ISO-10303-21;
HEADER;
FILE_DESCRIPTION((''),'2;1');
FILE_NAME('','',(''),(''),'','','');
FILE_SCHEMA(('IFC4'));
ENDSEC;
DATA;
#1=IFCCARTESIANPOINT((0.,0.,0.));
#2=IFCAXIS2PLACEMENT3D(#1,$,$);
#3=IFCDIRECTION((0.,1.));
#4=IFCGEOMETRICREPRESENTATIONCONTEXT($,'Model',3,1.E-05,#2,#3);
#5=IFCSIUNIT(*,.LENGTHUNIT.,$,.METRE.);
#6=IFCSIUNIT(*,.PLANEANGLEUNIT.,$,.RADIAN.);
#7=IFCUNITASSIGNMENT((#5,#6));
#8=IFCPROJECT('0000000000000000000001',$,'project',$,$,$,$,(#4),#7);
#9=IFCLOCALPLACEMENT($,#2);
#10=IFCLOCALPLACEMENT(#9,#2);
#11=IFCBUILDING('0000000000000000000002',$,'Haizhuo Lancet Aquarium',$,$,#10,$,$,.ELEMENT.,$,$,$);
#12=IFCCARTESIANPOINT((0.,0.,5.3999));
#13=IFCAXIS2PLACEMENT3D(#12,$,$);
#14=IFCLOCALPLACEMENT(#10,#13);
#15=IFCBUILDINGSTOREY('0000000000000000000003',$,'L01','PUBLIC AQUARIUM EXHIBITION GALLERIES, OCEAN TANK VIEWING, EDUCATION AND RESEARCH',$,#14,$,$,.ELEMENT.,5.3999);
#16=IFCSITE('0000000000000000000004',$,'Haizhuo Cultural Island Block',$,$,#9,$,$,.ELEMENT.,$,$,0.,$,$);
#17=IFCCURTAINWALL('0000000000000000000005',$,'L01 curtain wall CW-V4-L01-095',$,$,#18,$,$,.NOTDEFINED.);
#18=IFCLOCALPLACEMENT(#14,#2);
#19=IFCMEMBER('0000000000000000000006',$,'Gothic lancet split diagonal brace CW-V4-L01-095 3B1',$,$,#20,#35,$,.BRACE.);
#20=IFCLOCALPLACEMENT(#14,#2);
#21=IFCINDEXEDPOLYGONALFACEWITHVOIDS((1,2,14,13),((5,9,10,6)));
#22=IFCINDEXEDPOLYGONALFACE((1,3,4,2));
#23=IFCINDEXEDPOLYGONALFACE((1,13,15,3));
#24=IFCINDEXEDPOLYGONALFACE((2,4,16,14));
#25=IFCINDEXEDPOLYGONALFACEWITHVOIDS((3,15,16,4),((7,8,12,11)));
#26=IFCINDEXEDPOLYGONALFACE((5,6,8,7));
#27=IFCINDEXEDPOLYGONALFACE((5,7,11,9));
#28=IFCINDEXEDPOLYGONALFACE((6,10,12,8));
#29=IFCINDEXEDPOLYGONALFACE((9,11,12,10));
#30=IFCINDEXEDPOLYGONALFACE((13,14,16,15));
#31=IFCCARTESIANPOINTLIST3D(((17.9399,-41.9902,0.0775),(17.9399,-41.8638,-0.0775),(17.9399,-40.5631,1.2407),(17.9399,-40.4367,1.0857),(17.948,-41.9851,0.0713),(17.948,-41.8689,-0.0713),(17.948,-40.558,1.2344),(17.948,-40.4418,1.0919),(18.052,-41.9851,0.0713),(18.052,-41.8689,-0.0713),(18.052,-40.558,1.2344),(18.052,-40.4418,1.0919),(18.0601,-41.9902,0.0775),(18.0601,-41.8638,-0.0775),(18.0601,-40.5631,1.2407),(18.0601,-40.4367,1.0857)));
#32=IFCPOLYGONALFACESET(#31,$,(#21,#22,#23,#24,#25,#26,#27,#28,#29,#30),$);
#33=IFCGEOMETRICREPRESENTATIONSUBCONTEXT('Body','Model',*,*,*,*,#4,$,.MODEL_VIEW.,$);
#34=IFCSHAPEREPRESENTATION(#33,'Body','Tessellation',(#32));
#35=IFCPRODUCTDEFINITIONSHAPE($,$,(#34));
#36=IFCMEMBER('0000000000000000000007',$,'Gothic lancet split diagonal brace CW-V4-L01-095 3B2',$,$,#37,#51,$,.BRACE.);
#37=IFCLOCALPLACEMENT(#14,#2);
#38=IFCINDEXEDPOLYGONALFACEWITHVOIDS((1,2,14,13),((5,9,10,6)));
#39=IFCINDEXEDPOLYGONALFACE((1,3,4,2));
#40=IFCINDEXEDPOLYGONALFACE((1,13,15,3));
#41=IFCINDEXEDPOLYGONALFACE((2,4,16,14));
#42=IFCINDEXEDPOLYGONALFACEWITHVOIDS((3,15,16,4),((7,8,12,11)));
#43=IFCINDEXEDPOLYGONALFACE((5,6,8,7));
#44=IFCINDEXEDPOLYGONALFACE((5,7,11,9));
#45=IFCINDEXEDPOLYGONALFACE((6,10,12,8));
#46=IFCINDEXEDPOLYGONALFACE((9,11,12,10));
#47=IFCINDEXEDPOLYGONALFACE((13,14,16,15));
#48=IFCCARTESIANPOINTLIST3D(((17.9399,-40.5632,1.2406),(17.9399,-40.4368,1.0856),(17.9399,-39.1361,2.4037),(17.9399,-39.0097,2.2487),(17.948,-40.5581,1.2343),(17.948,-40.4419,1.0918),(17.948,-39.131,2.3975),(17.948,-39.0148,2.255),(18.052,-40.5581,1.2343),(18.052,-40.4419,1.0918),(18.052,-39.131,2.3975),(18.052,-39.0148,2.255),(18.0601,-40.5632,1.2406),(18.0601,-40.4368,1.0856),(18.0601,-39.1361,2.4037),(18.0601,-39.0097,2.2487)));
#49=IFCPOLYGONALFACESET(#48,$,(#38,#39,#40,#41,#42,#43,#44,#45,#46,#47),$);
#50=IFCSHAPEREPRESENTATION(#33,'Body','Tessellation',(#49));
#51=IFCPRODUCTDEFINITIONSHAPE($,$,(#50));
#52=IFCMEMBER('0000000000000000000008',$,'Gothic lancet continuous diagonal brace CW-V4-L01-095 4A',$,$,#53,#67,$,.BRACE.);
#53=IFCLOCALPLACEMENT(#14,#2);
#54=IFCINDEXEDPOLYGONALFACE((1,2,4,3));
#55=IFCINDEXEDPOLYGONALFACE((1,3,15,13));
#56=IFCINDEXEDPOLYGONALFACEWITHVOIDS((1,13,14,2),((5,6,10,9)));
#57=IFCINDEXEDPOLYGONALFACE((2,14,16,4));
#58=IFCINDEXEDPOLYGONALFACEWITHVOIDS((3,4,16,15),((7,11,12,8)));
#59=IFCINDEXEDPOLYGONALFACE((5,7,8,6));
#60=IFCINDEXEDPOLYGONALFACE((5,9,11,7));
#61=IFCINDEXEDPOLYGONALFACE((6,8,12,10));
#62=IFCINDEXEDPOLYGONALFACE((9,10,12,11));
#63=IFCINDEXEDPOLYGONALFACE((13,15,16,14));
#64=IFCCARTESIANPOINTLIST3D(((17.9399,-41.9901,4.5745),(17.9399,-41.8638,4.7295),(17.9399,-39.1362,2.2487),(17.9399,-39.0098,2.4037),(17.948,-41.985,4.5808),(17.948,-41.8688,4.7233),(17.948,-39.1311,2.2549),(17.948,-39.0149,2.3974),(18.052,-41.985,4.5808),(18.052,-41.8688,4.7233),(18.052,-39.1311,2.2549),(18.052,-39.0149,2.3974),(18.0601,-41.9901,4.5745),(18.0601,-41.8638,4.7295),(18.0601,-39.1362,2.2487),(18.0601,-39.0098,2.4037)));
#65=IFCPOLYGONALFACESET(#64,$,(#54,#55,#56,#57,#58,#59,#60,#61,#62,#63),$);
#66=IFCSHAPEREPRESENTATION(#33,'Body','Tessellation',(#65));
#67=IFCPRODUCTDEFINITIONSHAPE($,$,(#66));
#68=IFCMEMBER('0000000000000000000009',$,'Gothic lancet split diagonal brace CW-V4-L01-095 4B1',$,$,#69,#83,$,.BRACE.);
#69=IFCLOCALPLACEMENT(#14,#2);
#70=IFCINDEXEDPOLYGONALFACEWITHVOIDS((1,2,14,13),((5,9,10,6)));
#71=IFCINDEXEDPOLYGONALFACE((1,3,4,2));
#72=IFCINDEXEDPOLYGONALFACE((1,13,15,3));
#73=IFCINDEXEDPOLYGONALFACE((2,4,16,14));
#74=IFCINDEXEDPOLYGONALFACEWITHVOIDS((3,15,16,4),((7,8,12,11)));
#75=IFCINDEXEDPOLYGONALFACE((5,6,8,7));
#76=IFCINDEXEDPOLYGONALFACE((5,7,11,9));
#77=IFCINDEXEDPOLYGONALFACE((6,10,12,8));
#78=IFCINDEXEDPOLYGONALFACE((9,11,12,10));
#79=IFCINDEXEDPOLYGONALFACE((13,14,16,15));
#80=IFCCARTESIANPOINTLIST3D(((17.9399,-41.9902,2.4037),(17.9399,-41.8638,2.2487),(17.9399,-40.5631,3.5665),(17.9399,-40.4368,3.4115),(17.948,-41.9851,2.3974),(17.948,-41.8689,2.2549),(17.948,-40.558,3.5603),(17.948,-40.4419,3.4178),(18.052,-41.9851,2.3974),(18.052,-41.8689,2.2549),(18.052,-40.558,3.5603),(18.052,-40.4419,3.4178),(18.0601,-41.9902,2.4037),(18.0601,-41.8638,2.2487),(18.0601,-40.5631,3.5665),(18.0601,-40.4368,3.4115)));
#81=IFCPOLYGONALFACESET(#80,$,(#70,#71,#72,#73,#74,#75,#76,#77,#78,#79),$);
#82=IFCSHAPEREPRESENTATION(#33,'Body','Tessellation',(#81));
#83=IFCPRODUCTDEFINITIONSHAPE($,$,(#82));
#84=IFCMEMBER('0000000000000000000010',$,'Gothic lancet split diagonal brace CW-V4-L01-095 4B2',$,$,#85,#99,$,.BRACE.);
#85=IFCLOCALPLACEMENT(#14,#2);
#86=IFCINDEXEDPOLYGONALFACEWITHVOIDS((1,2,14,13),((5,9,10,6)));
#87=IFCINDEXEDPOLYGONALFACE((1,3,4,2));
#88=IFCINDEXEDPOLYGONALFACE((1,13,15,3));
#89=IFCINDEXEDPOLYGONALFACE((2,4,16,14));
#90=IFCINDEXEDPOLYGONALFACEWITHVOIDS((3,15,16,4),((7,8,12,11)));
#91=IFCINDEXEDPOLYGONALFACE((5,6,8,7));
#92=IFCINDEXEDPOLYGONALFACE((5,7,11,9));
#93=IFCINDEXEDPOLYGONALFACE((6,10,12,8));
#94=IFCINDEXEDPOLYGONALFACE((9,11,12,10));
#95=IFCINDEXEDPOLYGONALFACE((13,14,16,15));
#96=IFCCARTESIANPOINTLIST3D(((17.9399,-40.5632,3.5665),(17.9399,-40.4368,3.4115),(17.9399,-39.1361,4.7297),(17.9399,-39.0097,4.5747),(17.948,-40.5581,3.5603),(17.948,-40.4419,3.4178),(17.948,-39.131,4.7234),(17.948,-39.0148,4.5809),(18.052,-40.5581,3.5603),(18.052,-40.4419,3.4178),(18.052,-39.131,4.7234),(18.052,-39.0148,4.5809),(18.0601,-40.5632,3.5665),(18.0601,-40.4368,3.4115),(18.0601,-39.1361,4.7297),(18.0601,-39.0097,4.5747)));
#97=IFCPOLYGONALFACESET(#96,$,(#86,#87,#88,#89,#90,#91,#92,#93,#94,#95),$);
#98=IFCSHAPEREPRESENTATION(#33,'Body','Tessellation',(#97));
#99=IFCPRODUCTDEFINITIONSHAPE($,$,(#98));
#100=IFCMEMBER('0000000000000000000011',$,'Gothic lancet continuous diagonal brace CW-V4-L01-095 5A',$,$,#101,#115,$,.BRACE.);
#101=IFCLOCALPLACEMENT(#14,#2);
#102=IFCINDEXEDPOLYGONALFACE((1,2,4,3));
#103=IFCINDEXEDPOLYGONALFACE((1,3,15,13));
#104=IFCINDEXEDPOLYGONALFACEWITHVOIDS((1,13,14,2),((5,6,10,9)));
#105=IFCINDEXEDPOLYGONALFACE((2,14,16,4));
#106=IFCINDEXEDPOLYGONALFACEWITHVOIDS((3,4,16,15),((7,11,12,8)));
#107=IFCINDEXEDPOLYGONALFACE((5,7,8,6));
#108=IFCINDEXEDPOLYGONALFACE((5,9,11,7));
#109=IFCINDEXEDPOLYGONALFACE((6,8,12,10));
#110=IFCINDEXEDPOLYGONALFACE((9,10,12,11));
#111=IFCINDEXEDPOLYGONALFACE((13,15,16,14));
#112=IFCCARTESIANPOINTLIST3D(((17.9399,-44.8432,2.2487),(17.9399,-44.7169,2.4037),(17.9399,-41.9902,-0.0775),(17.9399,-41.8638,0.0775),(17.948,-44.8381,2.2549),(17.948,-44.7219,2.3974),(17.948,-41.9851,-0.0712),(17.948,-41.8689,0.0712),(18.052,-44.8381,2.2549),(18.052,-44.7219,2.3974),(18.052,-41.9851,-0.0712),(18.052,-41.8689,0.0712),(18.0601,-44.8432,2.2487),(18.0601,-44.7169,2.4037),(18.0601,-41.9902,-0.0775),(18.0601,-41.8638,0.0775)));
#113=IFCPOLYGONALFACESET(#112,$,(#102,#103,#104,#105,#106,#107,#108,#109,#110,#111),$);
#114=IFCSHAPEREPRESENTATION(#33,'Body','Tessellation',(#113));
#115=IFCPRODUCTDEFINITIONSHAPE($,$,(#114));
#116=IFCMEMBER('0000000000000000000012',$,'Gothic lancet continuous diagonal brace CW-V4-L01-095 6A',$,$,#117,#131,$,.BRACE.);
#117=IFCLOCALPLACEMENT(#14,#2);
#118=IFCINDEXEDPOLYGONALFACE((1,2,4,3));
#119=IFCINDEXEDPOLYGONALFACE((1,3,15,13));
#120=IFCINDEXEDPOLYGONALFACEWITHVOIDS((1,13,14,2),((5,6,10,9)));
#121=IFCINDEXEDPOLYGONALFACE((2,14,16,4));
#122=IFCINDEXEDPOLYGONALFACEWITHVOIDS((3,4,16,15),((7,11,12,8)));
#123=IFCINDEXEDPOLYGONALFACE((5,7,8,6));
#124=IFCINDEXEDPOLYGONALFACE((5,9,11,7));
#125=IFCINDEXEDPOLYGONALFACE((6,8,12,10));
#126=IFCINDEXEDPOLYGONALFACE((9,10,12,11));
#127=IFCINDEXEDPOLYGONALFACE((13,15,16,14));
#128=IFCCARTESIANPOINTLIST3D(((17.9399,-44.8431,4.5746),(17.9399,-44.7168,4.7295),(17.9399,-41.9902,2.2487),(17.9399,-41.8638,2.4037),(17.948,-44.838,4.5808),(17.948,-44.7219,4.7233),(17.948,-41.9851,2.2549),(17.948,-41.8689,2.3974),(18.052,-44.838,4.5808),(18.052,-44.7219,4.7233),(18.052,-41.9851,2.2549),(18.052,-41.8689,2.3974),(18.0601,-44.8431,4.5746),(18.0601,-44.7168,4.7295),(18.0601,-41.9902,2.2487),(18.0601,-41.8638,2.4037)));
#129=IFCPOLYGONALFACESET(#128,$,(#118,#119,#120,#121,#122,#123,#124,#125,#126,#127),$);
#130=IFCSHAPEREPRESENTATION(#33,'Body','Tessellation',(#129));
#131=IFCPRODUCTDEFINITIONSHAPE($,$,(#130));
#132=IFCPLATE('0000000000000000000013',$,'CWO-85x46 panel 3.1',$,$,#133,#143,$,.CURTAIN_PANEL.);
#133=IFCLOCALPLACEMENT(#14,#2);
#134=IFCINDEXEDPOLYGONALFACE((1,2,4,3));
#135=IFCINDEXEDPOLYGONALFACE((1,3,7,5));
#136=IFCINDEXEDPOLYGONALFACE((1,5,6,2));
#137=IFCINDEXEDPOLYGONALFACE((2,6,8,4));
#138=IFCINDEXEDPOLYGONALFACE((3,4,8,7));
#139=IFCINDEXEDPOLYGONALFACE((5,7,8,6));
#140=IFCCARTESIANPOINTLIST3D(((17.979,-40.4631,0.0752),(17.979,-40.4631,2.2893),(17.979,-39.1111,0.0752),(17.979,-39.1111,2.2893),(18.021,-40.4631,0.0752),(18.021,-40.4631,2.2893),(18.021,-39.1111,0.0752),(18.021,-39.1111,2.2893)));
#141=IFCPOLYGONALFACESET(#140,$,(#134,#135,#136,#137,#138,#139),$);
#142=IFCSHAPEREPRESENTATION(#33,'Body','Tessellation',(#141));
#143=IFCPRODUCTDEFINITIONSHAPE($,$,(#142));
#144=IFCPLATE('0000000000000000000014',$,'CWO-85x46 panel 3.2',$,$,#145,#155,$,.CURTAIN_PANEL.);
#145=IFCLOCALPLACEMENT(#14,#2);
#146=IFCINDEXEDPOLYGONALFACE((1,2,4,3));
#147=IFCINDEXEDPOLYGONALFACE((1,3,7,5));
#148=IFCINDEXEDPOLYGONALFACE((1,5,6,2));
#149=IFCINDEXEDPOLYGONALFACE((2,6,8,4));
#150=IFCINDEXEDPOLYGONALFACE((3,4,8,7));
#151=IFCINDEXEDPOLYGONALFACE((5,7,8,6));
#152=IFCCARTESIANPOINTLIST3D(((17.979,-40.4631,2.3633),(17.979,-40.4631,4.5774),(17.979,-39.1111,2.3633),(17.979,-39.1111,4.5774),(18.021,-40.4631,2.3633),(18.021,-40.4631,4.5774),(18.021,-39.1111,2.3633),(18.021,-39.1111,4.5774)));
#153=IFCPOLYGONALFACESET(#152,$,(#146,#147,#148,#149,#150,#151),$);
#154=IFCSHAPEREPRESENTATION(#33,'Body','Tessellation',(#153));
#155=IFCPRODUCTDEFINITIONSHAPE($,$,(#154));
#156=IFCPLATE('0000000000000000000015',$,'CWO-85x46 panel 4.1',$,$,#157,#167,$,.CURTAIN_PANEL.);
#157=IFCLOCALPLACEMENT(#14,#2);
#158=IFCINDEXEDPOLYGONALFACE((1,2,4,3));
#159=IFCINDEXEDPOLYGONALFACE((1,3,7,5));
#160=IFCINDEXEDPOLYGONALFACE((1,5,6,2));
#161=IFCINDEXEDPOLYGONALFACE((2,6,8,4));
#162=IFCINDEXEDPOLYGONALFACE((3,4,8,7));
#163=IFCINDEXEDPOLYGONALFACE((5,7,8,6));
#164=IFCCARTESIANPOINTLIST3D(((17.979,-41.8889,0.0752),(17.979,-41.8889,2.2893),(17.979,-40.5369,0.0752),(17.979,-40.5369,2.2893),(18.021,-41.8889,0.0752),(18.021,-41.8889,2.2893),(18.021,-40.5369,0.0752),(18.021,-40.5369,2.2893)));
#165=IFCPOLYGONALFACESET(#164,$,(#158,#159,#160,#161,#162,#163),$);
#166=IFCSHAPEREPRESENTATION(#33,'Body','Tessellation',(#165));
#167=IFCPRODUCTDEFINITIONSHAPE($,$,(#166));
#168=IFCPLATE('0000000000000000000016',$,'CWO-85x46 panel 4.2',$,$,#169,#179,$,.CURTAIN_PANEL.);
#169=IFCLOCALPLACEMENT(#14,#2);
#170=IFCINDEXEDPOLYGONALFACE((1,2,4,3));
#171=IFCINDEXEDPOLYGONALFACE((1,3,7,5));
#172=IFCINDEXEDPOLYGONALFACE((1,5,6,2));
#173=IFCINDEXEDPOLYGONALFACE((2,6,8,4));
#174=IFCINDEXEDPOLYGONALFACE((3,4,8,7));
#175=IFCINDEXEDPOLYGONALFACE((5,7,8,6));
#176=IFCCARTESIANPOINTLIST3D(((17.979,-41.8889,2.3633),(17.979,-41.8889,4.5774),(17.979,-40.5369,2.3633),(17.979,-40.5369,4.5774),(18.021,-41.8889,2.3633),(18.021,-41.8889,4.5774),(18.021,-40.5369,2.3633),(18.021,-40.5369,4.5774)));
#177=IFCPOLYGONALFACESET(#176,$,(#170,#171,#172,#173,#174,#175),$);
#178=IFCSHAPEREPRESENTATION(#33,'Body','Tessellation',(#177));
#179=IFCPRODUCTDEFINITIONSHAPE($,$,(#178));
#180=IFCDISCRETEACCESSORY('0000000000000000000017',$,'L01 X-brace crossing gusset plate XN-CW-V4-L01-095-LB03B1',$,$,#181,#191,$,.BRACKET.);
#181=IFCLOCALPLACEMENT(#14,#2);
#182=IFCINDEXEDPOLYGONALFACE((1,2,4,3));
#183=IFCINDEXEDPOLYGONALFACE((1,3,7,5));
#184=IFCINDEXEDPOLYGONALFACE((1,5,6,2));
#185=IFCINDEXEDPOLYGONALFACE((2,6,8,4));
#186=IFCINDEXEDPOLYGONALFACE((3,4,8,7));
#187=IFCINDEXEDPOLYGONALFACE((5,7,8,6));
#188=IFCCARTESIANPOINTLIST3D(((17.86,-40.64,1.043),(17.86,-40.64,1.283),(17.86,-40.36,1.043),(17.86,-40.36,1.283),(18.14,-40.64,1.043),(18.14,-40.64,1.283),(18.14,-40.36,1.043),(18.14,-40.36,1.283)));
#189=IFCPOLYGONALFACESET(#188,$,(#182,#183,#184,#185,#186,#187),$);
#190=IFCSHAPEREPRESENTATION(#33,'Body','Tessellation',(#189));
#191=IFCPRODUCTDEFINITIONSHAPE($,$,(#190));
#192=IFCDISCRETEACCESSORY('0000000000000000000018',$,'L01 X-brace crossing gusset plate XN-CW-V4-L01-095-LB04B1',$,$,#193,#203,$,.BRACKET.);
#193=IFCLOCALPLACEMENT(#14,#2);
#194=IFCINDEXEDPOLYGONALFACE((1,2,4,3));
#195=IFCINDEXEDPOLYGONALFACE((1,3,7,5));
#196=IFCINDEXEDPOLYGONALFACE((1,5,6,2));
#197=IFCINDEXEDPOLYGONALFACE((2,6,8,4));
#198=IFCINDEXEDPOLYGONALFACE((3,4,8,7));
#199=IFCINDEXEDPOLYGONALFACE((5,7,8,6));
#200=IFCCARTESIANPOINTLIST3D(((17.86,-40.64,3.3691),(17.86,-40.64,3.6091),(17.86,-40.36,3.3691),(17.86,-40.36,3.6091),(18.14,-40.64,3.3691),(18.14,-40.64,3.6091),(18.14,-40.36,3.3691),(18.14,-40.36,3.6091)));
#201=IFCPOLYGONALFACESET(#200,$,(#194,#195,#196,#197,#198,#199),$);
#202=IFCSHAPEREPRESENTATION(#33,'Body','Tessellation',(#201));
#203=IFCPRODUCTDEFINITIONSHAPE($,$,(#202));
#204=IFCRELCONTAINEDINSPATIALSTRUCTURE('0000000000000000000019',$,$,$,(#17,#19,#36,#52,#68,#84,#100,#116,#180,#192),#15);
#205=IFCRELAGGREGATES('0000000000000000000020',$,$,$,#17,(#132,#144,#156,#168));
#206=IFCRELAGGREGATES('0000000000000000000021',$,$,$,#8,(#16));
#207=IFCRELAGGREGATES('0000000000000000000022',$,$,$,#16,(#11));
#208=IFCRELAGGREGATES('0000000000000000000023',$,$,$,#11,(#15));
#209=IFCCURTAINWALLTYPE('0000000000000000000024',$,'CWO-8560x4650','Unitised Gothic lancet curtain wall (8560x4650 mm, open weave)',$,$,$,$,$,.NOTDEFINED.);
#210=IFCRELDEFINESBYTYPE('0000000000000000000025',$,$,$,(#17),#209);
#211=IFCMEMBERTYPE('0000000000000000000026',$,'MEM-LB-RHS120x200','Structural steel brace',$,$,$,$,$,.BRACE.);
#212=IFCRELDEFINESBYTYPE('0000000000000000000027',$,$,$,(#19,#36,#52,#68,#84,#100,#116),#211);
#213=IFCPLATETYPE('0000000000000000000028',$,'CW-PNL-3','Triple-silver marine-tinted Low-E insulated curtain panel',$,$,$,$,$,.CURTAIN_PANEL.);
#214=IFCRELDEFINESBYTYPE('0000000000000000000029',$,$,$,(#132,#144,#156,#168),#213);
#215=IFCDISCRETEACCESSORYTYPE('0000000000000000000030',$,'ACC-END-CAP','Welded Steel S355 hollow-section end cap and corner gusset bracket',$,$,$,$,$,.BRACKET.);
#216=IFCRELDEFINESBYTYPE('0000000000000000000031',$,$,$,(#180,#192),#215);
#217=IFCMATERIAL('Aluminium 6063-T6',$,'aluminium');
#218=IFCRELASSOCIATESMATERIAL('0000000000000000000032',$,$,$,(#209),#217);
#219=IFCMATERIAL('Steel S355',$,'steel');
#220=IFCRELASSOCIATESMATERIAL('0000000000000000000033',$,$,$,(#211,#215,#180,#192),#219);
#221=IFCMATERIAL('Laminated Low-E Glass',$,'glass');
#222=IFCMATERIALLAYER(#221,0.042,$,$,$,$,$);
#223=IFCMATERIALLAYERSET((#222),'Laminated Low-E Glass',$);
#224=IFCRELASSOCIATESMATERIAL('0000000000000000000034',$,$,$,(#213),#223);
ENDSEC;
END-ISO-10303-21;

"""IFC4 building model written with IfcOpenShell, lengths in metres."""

from ifc_helpers import new_model, si_unit, direction, frame, origin, origin_2d, place, context, subcontext, project, spatial, rectangle, hollow_rectangle, extrude, material, layer, layer_set, material_profile, profile_set, type_object, element, aggregate, save


model = new_model("IFC4")

# Units and contexts
model_context = context("Model", 3, precision=1e-05, world=origin(), true_north=direction((0.0, 1.0)))
body_context = subcontext(model_context, "Body", "Model", "MODEL_VIEW")
ifc_project = project(units=[si_unit("LENGTHUNIT", "METRE"), si_unit("PLANEANGLEUNIT", "RADIAN")], contexts=[model_context])

# Site, building, storey
site_placement = place(None, origin())
site = spatial("IfcSite", under=ifc_project, at=site_placement, Name="Haizhuo Cultural Island Block", CompositionType="ELEMENT", RefElevation=0.0)
building_placement = place(site_placement, origin())
building = spatial("IfcBuilding", under=site, at=building_placement, Name="Haizhuo Lancet Aquarium", CompositionType="ELEMENT")
storey_placement = place(building_placement, frame((0.0, 0.0, 5.3999)))
storey = spatial("IfcBuildingStorey", under=building, at=storey_placement, Name="L01", Description="PUBLIC AQUARIUM EXHIBITION GALLERIES, OCEAN TANK VIEWING, EDUCATION AND RESEARCH", CompositionType="ELEMENT", Elevation=5.3999)

# Curtain wall
ifc_material_1 = material(Name="Aluminium 6063-T6", Category="aluminium")
curtain_wall_type = type_object("IfcCurtainWallType", Name="CWO-8560x4650", Description="Unitised Gothic lancet curtain wall (8560x4650 mm, open weave)", PredefinedType="NOTDEFINED", material=ifc_material_1)
curtain_wall_placement = place(storey_placement, origin())
curtain_wall = element("IfcCurtainWall", 1, at=curtain_wall_placement, inside=storey, type_object=curtain_wall_type, Name="L01 curtain wall CW-V4-L01-095", PredefinedType="NOTDEFINED")

# Members
ifc_material_2 = material(Name="Steel S355", Category="steel")
ifc_material_profile_1 = material_profile(ifc_material_2, hollow_rectangle(XDim=0.1201, YDim=0.2, WallThickness=0.0081, at=origin_2d()), Name="RHS 120x200x8")
ifc_profile_set_1 = profile_set([ifc_material_profile_1], Name="Steel S355")
member_type_1 = type_object("IfcMemberType", Name="MEM-LB-RHS120x200", Description="Structural steel brace", PredefinedType="BRACE", material=ifc_profile_set_1)
for number, where, z_axis, x_axis, name in (
    (2, (18.0, -41.927, 0.0), (0.0, 0.775144, 0.631785), (-1.0, 0.0, 0.0), "Gothic lancet split diagonal brace CW-V4-L01-095 3B1"),
    (3, (18.0, -40.5, 1.1631), (0.0, 0.775144, 0.631785), (-1.0, 0.0, 0.0), "Gothic lancet split diagonal brace CW-V4-L01-095 3B2"),
):
    element("IfcMember", number, at=place(storey_placement, frame(where, z_axis=z_axis, x_axis=x_axis)), inside=storey, type_object=member_type_1, Name=name, PredefinedType="BRACE", context=body_context, shape_type="SweptSolid", body=[
        extrude(hollow_rectangle(XDim=0.1201, YDim=0.2, WallThickness=0.0081, at=origin_2d()), origin(), (0.0, 0.0, 1.0), 1.8411),
    ])
member_1_placement = place(storey_placement, frame((18.0, -39.073, 2.3262), z_axis=(0.0, -0.775176, 0.631745), x_axis=(1.0, 0.0, 0.0)))
element("IfcMember", 4, at=member_1_placement, inside=storey, type_object=member_type_1, Name="Gothic lancet continuous diagonal brace CW-V4-L01-095 4A", PredefinedType="BRACE", context=body_context, shape_type="SweptSolid", body=[
    extrude(hollow_rectangle(XDim=0.1201, YDim=0.2, WallThickness=0.0081, at=origin_2d()), origin(), (0.0, 0.0, 1.0), 3.6816),
])
member_2_placement = place(storey_placement, frame((18.0, -41.927, 2.3262), z_axis=(0.0, 0.775209, 0.631705), x_axis=(-1.0, 0.0, 0.0)))
element("IfcMember", 5, at=member_2_placement, inside=storey, type_object=member_type_1, Name="Gothic lancet split diagonal brace CW-V4-L01-095 4B1", PredefinedType="BRACE", context=body_context, shape_type="SweptSolid", body=[
    extrude(hollow_rectangle(XDim=0.1201, YDim=0.2, WallThickness=0.0081, at=origin_2d()), origin(), (0.0, 0.0, 1.0), 1.8408),
])
member_3_placement = place(storey_placement, frame((18.0, -40.5, 3.489), z_axis=(0.0, 0.775144, 0.631785), x_axis=(-1.0, 0.0, 0.0)))
element("IfcMember", 6, at=member_3_placement, inside=storey, type_object=member_type_1, Name="Gothic lancet split diagonal brace CW-V4-L01-095 4B2", PredefinedType="BRACE", context=body_context, shape_type="SweptSolid", body=[
    extrude(hollow_rectangle(XDim=0.1201, YDim=0.2, WallThickness=0.0081, at=origin_2d()), origin(), (0.0, 0.0, 1.0), 1.8411),
])
member_4_placement = place(storey_placement, frame((18.0, -41.927, 0.0), z_axis=(0.0, -0.775038, 0.631915), x_axis=(1.0, 0.0, 0.0)))
element("IfcMember", 7, at=member_4_placement, inside=storey, type_object=member_type_1, Name="Gothic lancet continuous diagonal brace CW-V4-L01-095 5A", PredefinedType="BRACE", context=body_context, shape_type="SweptSolid", body=[
    extrude(hollow_rectangle(XDim=0.1201, YDim=0.2, WallThickness=0.0081, at=origin_2d()), origin(), (0.0, 0.0, 1.0), 3.6812),
])
member_5_placement = place(storey_placement, frame((18.0, -41.927, 2.3262), z_axis=(0.0, -0.77507, 0.631875), x_axis=(1.0, 0.0, 0.0)))
element("IfcMember", 8, at=member_5_placement, inside=storey, type_object=member_type_1, Name="Gothic lancet continuous diagonal brace CW-V4-L01-095 6A", PredefinedType="BRACE", context=body_context, shape_type="SweptSolid", body=[
    extrude(hollow_rectangle(XDim=0.1201, YDim=0.2, WallThickness=0.0081, at=origin_2d()), origin(), (0.0, 0.0, 1.0), 3.6809),
])

# Plates
ifc_material_3 = material(Name="Laminated Low-E Glass", Category="glass")
ifc_layer = layer(ifc_material_3, 0.042)
ifc_layer_set = layer_set([ifc_layer], Name="Laminated Low-E Glass")
plate_type = type_object("IfcPlateType", Name="CW-PNL-3", Description="Triple-silver marine-tinted Low-E insulated curtain panel", PredefinedType="CURTAIN_PANEL", material=ifc_layer_set)
plate_1_placement = place(storey_placement, frame((18.0, -39.7871, 0.0752), z_axis=(0.0, 0.0, 1.0), x_axis=(0.0, -1.0, 0.0)))
plate_1 = element("IfcPlate", 9, at=plate_1_placement, type_object=plate_type, Name="CWO-85x46 panel 3.1", PredefinedType="CURTAIN_PANEL", context=body_context, shape_type="SweptSolid", body=[
    extrude(rectangle(XDim=1.3521, YDim=0.042, at=origin_2d()), origin(), (0.0, 0.0, 1.0), 2.2141),
])
plate_2_placement = place(storey_placement, frame((18.0, -39.7871, 2.3633), z_axis=(0.0, 0.0, 1.0), x_axis=(0.0, -1.0, 0.0)))
plate_2 = element("IfcPlate", 10, at=plate_2_placement, type_object=plate_type, Name="CWO-85x46 panel 3.2", PredefinedType="CURTAIN_PANEL", context=body_context, shape_type="SweptSolid", body=[
    extrude(rectangle(XDim=1.3521, YDim=0.042, at=origin_2d()), origin(), (0.0, 0.0, 1.0), 2.2141),
])
plate_3_placement = place(storey_placement, frame((18.0, -41.2129, 0.0752), z_axis=(0.0, 0.0, 1.0), x_axis=(0.0, -1.0, 0.0)))
plate_3 = element("IfcPlate", 11, at=plate_3_placement, type_object=plate_type, Name="CWO-85x46 panel 4.1", PredefinedType="CURTAIN_PANEL", context=body_context, shape_type="SweptSolid", body=[
    extrude(rectangle(XDim=1.3521, YDim=0.042, at=origin_2d()), origin(), (0.0, 0.0, 1.0), 2.2141),
])
plate_4_placement = place(storey_placement, frame((18.0, -41.2129, 2.3633), z_axis=(0.0, 0.0, 1.0), x_axis=(0.0, -1.0, 0.0)))
plate_4 = element("IfcPlate", 12, at=plate_4_placement, type_object=plate_type, Name="CWO-85x46 panel 4.2", PredefinedType="CURTAIN_PANEL", context=body_context, shape_type="SweptSolid", body=[
    extrude(rectangle(XDim=1.3521, YDim=0.042, at=origin_2d()), origin(), (0.0, 0.0, 1.0), 2.2141),
])
aggregate(curtain_wall, [plate_1, plate_2, plate_3, plate_4])

# Discrete accessories
discrete_accessory_type = type_object("IfcDiscreteAccessoryType", Name="ACC-END-CAP", Description="Welded Steel S355 hollow-section end cap and corner gusset bracket", PredefinedType="BRACKET", material=ifc_material_2)
for number, where, z_axis, x_axis, name in (
    (13, (18.0, -40.5, 1.043), (0.0, 0.0, 1.0), (1.0, 0.0, 0.0), "L01 X-brace crossing gusset plate XN-CW-V4-L01-095-LB03B1"),
    (14, (18.0, -40.5, 3.3691), (0.0, 0.0, 1.0), (1.0, 0.0, 0.0), "L01 X-brace crossing gusset plate XN-CW-V4-L01-095-LB04B1"),
):
    element("IfcDiscreteAccessory", number, at=place(storey_placement, frame(where, z_axis=z_axis, x_axis=x_axis)), inside=storey, type_object=discrete_accessory_type, material=ifc_material_2, Name=name, PredefinedType="BRACKET", context=body_context, shape_type="SweptSolid", body=[
        extrude(rectangle(XDim=0.28, YDim=0.28, at=origin_2d()), origin(), (0.0, 0.0, 1.0), 0.24),
    ])

save(model, "model.ifc")
